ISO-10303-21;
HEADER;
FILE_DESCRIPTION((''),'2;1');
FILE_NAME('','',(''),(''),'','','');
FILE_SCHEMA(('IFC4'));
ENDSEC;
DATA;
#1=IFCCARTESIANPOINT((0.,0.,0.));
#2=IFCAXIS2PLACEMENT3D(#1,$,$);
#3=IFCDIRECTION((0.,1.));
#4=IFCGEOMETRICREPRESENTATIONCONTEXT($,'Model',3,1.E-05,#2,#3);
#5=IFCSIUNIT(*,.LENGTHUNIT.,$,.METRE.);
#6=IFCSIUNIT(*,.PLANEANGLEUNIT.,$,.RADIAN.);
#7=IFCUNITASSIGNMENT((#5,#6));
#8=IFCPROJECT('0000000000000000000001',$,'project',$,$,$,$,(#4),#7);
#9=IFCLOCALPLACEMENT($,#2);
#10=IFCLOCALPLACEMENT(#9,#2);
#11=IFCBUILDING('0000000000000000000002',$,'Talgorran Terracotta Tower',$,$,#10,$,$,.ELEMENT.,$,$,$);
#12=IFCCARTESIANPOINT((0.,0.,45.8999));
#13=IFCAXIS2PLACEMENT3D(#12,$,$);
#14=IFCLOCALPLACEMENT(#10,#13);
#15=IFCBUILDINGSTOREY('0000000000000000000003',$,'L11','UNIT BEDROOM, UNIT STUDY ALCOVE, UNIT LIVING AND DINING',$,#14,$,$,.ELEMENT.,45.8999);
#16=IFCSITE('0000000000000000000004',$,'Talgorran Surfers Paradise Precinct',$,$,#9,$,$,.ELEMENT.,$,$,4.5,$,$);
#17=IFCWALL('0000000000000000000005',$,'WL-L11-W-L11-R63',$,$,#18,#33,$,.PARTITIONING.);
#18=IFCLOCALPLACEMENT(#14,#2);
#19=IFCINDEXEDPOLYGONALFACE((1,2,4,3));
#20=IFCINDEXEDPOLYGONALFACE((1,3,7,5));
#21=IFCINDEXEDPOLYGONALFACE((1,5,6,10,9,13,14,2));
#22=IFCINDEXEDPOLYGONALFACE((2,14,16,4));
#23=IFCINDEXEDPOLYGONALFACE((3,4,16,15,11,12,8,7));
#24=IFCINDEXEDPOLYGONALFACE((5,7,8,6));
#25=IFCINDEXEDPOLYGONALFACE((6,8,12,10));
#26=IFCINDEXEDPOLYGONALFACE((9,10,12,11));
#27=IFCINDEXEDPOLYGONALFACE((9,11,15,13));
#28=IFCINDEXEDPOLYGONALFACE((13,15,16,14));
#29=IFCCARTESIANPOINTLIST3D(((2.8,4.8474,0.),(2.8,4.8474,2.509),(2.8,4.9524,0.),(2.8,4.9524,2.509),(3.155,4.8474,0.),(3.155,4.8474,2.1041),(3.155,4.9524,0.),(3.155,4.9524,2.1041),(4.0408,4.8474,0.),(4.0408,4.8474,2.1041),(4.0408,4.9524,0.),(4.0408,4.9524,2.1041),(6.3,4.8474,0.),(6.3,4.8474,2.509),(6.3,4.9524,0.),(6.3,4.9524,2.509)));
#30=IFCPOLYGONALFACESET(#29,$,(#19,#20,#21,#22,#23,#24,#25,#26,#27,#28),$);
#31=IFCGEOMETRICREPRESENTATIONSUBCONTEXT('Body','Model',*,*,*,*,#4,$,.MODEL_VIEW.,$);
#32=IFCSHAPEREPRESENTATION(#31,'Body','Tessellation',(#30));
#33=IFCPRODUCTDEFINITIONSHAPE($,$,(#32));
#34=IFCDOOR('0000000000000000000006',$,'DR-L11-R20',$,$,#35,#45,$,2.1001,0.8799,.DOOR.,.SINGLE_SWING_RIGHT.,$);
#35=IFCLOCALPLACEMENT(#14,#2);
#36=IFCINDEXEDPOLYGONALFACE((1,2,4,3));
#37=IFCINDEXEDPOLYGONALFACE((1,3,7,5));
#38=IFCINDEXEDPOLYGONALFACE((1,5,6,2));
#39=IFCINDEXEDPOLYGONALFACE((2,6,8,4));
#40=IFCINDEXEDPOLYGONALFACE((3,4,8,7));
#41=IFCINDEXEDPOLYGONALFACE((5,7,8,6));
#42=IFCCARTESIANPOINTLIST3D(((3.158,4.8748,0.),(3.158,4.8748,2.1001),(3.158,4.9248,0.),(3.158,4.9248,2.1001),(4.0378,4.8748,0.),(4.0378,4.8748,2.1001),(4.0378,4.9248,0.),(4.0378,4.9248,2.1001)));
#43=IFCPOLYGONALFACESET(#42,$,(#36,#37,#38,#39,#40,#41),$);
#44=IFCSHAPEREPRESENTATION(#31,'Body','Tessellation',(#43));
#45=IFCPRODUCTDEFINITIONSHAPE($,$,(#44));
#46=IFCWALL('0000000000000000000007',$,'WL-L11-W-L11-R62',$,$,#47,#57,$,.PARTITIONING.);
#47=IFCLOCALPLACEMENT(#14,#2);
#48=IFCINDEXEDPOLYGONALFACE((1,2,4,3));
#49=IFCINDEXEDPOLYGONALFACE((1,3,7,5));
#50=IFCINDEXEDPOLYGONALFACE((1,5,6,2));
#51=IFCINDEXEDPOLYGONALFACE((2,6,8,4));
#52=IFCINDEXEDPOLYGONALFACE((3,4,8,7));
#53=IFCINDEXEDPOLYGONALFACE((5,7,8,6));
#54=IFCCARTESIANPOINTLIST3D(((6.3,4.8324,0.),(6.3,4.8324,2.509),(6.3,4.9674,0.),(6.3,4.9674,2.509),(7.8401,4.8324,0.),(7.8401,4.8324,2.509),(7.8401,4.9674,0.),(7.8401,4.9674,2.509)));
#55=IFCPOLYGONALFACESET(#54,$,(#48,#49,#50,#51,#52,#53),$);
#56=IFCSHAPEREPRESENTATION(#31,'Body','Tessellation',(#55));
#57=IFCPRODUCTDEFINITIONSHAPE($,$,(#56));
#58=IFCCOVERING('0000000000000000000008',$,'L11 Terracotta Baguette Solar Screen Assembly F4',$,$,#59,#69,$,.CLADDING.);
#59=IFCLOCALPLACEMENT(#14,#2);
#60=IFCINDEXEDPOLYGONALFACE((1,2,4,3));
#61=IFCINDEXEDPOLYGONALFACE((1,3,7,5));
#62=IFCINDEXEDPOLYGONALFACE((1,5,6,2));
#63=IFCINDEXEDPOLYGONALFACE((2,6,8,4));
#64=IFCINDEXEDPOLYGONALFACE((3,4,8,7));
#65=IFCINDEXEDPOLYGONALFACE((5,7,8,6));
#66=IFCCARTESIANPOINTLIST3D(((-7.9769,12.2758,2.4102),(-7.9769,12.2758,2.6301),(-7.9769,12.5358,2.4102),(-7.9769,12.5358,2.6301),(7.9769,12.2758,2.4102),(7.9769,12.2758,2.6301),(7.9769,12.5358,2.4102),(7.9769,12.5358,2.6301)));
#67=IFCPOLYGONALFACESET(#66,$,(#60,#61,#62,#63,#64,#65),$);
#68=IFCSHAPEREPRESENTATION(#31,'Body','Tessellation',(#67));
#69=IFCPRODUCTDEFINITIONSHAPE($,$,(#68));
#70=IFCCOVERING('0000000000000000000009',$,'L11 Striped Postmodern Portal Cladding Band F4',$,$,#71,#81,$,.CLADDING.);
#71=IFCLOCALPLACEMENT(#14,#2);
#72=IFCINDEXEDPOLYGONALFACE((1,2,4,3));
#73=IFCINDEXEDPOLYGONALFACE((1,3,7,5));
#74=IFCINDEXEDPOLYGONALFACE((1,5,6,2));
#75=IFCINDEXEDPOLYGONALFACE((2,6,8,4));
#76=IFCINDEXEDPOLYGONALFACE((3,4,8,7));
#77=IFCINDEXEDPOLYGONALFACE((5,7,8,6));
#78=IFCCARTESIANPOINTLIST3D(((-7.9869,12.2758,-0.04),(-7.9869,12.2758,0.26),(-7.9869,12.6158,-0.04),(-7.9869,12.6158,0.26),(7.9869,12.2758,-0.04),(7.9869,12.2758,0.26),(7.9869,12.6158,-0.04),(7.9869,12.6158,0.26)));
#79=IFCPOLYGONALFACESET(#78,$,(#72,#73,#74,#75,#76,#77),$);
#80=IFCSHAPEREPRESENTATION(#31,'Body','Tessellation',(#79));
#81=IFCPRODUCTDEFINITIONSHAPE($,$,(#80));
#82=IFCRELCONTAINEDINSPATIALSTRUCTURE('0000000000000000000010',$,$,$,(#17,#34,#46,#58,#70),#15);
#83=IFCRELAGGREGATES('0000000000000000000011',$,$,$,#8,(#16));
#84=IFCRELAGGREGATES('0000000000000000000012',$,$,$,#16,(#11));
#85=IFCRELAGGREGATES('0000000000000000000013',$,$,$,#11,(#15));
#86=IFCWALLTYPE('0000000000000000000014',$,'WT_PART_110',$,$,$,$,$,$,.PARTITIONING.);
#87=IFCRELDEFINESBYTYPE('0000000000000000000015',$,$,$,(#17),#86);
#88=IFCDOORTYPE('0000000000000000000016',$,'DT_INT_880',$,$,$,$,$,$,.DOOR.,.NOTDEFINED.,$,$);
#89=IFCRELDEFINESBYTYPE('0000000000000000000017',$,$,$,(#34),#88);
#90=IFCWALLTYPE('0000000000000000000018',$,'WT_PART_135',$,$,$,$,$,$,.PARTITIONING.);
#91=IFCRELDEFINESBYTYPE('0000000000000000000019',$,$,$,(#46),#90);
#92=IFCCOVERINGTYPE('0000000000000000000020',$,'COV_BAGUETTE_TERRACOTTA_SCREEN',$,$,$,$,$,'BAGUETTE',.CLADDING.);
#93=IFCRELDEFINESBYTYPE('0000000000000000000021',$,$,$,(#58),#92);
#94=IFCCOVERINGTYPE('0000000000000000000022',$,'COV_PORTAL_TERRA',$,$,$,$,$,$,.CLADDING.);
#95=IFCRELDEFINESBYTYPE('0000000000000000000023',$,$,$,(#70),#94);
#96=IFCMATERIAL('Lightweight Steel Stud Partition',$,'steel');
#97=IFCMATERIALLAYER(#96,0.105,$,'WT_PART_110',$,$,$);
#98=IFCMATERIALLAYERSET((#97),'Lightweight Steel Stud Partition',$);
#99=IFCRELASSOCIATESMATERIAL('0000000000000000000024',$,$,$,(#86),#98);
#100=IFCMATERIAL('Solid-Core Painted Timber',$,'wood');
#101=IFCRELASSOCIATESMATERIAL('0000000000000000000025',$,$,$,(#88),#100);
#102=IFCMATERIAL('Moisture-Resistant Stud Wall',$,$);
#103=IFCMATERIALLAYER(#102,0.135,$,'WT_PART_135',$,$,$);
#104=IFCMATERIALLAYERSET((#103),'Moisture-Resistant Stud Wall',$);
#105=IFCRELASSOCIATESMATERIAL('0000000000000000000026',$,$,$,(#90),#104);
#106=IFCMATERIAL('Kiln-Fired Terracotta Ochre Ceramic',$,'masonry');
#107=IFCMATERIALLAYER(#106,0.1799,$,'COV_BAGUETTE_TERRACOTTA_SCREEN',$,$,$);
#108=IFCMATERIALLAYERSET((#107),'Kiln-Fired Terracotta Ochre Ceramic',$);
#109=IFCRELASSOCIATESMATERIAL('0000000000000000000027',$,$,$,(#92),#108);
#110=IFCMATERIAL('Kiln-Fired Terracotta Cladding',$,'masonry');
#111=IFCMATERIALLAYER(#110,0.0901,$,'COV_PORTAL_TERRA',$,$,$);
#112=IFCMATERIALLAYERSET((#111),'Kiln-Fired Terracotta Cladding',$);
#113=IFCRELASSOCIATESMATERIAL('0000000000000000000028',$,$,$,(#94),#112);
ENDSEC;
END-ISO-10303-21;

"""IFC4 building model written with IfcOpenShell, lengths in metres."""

from ifc_helpers import new_model, si_unit, direction, frame, frame_2d, origin, origin_2d, place, context, subcontext, project, spatial, rectangle, extrude, material, layer, layer_set, type_object, element, fill, save


model = new_model("IFC4")

# Units and contexts
model_context = context("Model", 3, precision=1e-05, world=origin(), true_north=direction((0.0, 1.0)))
body_context = subcontext(model_context, "Body", "Model", "MODEL_VIEW")
ifc_project = project(units=[si_unit("LENGTHUNIT", "METRE"), si_unit("PLANEANGLEUNIT", "RADIAN")], contexts=[model_context])

# Site, building, storey
site_placement = place(None, origin())
site = spatial("IfcSite", under=ifc_project, at=site_placement, Name="Talgorran Surfers Paradise Precinct", CompositionType="ELEMENT", RefElevation=4.5)
building_placement = place(site_placement, origin())
building = spatial("IfcBuilding", under=site, at=building_placement, Name="Talgorran Terracotta Tower", CompositionType="ELEMENT")
storey_placement = place(building_placement, frame((0.0, 0.0, 45.8999)))
storey = spatial("IfcBuildingStorey", under=building, at=storey_placement, Name="L11", Description="UNIT BEDROOM, UNIT STUDY ALCOVE, UNIT LIVING AND DINING", CompositionType="ELEMENT", Elevation=45.8999)

# Wall, opening, door
ifc_material_1 = material(Name="Lightweight Steel Stud Partition", Category="steel")
ifc_layer_1 = layer(ifc_material_1, 0.105, Name="WT_PART_110")
ifc_layer_set_1 = layer_set([ifc_layer_1], Name="Lightweight Steel Stud Partition")
wall_type_1 = type_object("IfcWallType", Name="WT_PART_110", PredefinedType="PARTITIONING", material=ifc_layer_set_1)
ifc_material_2 = material(Name="Solid-Core Painted Timber", Category="wood")
door_type = type_object("IfcDoorType", Name="DT_INT_880", OperationType="NOTDEFINED", PredefinedType="DOOR", material=ifc_material_2)
wall_1_placement = place(storey_placement, frame((2.8, 4.8999, 0.0), z_axis=(0.0, 0.0, 1.0), x_axis=(1.0, 0.0, 0.0)))
wall_1 = element("IfcWall", 1, at=wall_1_placement, inside=storey, type_object=wall_type_1, Name="WL-L11-W-L11-R63", PredefinedType="PARTITIONING", context=body_context, shape_type="SweptSolid", body=[
    extrude(rectangle(XDim=3.5, YDim=0.105, at=frame_2d((1.75, 0.0))), origin(), (0.0, 0.0, 1.0), 2.509),
])
opening_1_placement = place(wall_1_placement, frame((0.3579, 0.0, 0.0)))
opening_1 = element("IfcOpeningElement", 2, at=opening_1_placement, cuts=wall_1, PredefinedType="OPENING", context=body_context, shape_type="SweptSolid", body=[
    extrude(rectangle(XDim=0.8859, YDim=2.1041, at=frame_2d((0.4399, 1.052))), frame((0.0, 0.0625, 0.0), z_axis=(0.0, -1.0, 0.0), x_axis=(1.0, 0.0, 0.0)), (0.0, 0.0, 1.0), 0.125),
])
door_1_placement = place(opening_1_placement, origin())
door_1 = element("IfcDoor", 3, at=door_1_placement, inside=storey, type_object=door_type, Name="DR-L11-R20", OperationType="SINGLE_SWING_RIGHT", OverallHeight=2.1001, OverallWidth=0.8799, PredefinedType="DOOR", context=body_context, shape_type="SweptSolid", body=[
    extrude(rectangle(XDim=0.8799, YDim=2.1001, at=frame_2d((0.4399, 1.05))), frame((0.0, 0.0249, 0.0), z_axis=(0.0, -1.0, 0.0), x_axis=(1.0, 0.0, 0.0)), (0.0, 0.0, 1.0), 0.05),
])
fill(opening_1, door_1)

# Wall
ifc_material_3 = material(Name="Moisture-Resistant Stud Wall")
ifc_layer_2 = layer(ifc_material_3, 0.135, Name="WT_PART_135")
ifc_layer_set_2 = layer_set([ifc_layer_2], Name="Moisture-Resistant Stud Wall")
wall_type_2 = type_object("IfcWallType", Name="WT_PART_135", PredefinedType="PARTITIONING", material=ifc_layer_set_2)
wall_2_placement = place(storey_placement, frame((6.3, 4.8999, 0.0), z_axis=(0.0, 0.0, 1.0), x_axis=(1.0, 0.0, 0.0)))
element("IfcWall", 4, at=wall_2_placement, inside=storey, type_object=wall_type_2, Name="WL-L11-W-L11-R62", PredefinedType="PARTITIONING", context=body_context, shape_type="SweptSolid", body=[
    extrude(rectangle(XDim=1.54, YDim=0.135, at=frame_2d((0.77, 0.0))), origin(), (0.0, 0.0, 1.0), 2.509),
])

# Coverings
ifc_material_4 = material(Name="Kiln-Fired Terracotta Ochre Ceramic", Category="masonry")
ifc_layer_3 = layer(ifc_material_4, 0.1799, Name="COV_BAGUETTE_TERRACOTTA_SCREEN")
ifc_layer_set_3 = layer_set([ifc_layer_3], Name="Kiln-Fired Terracotta Ochre Ceramic")
covering_type_1 = type_object("IfcCoveringType", Name="COV_BAGUETTE_TERRACOTTA_SCREEN", ElementType="BAGUETTE", PredefinedType="CLADDING", material=ifc_layer_set_3)
covering_1_placement = place(storey_placement, frame((0.0, 12.4058, 2.4102), z_axis=(0.0, 0.0, 1.0), x_axis=(-1.0, 0.0, 0.0)))
element("IfcCovering", 5, at=covering_1_placement, inside=storey, type_object=covering_type_1, Name="L11 Terracotta Baguette Solar Screen Assembly F4", PredefinedType="CLADDING", context=body_context, shape_type="SweptSolid", body=[
    extrude(rectangle(XDim=15.9539, YDim=0.26, at=origin_2d()), origin(), (0.0, 0.0, 1.0), 0.22),
])
ifc_material_5 = material(Name="Kiln-Fired Terracotta Cladding", Category="masonry")
ifc_layer_4 = layer(ifc_material_5, 0.0901, Name="COV_PORTAL_TERRA")
ifc_layer_set_4 = layer_set([ifc_layer_4], Name="Kiln-Fired Terracotta Cladding")
covering_type_2 = type_object("IfcCoveringType", Name="COV_PORTAL_TERRA", PredefinedType="CLADDING", material=ifc_layer_set_4)
covering_2_placement = place(storey_placement, frame((0.0, 12.4458, -0.04), z_axis=(0.0, 0.0, 1.0), x_axis=(-1.0, 0.0, 0.0)))
element("IfcCovering", 6, at=covering_2_placement, inside=storey, type_object=covering_type_2, Name="L11 Striped Postmodern Portal Cladding Band F4", PredefinedType="CLADDING", context=body_context, shape_type="SweptSolid", body=[
    extrude(rectangle(XDim=15.9739, YDim=0.3401, at=origin_2d()), origin(), (0.0, 0.0, 1.0), 0.3),
])

save(model, "model.ifc")
